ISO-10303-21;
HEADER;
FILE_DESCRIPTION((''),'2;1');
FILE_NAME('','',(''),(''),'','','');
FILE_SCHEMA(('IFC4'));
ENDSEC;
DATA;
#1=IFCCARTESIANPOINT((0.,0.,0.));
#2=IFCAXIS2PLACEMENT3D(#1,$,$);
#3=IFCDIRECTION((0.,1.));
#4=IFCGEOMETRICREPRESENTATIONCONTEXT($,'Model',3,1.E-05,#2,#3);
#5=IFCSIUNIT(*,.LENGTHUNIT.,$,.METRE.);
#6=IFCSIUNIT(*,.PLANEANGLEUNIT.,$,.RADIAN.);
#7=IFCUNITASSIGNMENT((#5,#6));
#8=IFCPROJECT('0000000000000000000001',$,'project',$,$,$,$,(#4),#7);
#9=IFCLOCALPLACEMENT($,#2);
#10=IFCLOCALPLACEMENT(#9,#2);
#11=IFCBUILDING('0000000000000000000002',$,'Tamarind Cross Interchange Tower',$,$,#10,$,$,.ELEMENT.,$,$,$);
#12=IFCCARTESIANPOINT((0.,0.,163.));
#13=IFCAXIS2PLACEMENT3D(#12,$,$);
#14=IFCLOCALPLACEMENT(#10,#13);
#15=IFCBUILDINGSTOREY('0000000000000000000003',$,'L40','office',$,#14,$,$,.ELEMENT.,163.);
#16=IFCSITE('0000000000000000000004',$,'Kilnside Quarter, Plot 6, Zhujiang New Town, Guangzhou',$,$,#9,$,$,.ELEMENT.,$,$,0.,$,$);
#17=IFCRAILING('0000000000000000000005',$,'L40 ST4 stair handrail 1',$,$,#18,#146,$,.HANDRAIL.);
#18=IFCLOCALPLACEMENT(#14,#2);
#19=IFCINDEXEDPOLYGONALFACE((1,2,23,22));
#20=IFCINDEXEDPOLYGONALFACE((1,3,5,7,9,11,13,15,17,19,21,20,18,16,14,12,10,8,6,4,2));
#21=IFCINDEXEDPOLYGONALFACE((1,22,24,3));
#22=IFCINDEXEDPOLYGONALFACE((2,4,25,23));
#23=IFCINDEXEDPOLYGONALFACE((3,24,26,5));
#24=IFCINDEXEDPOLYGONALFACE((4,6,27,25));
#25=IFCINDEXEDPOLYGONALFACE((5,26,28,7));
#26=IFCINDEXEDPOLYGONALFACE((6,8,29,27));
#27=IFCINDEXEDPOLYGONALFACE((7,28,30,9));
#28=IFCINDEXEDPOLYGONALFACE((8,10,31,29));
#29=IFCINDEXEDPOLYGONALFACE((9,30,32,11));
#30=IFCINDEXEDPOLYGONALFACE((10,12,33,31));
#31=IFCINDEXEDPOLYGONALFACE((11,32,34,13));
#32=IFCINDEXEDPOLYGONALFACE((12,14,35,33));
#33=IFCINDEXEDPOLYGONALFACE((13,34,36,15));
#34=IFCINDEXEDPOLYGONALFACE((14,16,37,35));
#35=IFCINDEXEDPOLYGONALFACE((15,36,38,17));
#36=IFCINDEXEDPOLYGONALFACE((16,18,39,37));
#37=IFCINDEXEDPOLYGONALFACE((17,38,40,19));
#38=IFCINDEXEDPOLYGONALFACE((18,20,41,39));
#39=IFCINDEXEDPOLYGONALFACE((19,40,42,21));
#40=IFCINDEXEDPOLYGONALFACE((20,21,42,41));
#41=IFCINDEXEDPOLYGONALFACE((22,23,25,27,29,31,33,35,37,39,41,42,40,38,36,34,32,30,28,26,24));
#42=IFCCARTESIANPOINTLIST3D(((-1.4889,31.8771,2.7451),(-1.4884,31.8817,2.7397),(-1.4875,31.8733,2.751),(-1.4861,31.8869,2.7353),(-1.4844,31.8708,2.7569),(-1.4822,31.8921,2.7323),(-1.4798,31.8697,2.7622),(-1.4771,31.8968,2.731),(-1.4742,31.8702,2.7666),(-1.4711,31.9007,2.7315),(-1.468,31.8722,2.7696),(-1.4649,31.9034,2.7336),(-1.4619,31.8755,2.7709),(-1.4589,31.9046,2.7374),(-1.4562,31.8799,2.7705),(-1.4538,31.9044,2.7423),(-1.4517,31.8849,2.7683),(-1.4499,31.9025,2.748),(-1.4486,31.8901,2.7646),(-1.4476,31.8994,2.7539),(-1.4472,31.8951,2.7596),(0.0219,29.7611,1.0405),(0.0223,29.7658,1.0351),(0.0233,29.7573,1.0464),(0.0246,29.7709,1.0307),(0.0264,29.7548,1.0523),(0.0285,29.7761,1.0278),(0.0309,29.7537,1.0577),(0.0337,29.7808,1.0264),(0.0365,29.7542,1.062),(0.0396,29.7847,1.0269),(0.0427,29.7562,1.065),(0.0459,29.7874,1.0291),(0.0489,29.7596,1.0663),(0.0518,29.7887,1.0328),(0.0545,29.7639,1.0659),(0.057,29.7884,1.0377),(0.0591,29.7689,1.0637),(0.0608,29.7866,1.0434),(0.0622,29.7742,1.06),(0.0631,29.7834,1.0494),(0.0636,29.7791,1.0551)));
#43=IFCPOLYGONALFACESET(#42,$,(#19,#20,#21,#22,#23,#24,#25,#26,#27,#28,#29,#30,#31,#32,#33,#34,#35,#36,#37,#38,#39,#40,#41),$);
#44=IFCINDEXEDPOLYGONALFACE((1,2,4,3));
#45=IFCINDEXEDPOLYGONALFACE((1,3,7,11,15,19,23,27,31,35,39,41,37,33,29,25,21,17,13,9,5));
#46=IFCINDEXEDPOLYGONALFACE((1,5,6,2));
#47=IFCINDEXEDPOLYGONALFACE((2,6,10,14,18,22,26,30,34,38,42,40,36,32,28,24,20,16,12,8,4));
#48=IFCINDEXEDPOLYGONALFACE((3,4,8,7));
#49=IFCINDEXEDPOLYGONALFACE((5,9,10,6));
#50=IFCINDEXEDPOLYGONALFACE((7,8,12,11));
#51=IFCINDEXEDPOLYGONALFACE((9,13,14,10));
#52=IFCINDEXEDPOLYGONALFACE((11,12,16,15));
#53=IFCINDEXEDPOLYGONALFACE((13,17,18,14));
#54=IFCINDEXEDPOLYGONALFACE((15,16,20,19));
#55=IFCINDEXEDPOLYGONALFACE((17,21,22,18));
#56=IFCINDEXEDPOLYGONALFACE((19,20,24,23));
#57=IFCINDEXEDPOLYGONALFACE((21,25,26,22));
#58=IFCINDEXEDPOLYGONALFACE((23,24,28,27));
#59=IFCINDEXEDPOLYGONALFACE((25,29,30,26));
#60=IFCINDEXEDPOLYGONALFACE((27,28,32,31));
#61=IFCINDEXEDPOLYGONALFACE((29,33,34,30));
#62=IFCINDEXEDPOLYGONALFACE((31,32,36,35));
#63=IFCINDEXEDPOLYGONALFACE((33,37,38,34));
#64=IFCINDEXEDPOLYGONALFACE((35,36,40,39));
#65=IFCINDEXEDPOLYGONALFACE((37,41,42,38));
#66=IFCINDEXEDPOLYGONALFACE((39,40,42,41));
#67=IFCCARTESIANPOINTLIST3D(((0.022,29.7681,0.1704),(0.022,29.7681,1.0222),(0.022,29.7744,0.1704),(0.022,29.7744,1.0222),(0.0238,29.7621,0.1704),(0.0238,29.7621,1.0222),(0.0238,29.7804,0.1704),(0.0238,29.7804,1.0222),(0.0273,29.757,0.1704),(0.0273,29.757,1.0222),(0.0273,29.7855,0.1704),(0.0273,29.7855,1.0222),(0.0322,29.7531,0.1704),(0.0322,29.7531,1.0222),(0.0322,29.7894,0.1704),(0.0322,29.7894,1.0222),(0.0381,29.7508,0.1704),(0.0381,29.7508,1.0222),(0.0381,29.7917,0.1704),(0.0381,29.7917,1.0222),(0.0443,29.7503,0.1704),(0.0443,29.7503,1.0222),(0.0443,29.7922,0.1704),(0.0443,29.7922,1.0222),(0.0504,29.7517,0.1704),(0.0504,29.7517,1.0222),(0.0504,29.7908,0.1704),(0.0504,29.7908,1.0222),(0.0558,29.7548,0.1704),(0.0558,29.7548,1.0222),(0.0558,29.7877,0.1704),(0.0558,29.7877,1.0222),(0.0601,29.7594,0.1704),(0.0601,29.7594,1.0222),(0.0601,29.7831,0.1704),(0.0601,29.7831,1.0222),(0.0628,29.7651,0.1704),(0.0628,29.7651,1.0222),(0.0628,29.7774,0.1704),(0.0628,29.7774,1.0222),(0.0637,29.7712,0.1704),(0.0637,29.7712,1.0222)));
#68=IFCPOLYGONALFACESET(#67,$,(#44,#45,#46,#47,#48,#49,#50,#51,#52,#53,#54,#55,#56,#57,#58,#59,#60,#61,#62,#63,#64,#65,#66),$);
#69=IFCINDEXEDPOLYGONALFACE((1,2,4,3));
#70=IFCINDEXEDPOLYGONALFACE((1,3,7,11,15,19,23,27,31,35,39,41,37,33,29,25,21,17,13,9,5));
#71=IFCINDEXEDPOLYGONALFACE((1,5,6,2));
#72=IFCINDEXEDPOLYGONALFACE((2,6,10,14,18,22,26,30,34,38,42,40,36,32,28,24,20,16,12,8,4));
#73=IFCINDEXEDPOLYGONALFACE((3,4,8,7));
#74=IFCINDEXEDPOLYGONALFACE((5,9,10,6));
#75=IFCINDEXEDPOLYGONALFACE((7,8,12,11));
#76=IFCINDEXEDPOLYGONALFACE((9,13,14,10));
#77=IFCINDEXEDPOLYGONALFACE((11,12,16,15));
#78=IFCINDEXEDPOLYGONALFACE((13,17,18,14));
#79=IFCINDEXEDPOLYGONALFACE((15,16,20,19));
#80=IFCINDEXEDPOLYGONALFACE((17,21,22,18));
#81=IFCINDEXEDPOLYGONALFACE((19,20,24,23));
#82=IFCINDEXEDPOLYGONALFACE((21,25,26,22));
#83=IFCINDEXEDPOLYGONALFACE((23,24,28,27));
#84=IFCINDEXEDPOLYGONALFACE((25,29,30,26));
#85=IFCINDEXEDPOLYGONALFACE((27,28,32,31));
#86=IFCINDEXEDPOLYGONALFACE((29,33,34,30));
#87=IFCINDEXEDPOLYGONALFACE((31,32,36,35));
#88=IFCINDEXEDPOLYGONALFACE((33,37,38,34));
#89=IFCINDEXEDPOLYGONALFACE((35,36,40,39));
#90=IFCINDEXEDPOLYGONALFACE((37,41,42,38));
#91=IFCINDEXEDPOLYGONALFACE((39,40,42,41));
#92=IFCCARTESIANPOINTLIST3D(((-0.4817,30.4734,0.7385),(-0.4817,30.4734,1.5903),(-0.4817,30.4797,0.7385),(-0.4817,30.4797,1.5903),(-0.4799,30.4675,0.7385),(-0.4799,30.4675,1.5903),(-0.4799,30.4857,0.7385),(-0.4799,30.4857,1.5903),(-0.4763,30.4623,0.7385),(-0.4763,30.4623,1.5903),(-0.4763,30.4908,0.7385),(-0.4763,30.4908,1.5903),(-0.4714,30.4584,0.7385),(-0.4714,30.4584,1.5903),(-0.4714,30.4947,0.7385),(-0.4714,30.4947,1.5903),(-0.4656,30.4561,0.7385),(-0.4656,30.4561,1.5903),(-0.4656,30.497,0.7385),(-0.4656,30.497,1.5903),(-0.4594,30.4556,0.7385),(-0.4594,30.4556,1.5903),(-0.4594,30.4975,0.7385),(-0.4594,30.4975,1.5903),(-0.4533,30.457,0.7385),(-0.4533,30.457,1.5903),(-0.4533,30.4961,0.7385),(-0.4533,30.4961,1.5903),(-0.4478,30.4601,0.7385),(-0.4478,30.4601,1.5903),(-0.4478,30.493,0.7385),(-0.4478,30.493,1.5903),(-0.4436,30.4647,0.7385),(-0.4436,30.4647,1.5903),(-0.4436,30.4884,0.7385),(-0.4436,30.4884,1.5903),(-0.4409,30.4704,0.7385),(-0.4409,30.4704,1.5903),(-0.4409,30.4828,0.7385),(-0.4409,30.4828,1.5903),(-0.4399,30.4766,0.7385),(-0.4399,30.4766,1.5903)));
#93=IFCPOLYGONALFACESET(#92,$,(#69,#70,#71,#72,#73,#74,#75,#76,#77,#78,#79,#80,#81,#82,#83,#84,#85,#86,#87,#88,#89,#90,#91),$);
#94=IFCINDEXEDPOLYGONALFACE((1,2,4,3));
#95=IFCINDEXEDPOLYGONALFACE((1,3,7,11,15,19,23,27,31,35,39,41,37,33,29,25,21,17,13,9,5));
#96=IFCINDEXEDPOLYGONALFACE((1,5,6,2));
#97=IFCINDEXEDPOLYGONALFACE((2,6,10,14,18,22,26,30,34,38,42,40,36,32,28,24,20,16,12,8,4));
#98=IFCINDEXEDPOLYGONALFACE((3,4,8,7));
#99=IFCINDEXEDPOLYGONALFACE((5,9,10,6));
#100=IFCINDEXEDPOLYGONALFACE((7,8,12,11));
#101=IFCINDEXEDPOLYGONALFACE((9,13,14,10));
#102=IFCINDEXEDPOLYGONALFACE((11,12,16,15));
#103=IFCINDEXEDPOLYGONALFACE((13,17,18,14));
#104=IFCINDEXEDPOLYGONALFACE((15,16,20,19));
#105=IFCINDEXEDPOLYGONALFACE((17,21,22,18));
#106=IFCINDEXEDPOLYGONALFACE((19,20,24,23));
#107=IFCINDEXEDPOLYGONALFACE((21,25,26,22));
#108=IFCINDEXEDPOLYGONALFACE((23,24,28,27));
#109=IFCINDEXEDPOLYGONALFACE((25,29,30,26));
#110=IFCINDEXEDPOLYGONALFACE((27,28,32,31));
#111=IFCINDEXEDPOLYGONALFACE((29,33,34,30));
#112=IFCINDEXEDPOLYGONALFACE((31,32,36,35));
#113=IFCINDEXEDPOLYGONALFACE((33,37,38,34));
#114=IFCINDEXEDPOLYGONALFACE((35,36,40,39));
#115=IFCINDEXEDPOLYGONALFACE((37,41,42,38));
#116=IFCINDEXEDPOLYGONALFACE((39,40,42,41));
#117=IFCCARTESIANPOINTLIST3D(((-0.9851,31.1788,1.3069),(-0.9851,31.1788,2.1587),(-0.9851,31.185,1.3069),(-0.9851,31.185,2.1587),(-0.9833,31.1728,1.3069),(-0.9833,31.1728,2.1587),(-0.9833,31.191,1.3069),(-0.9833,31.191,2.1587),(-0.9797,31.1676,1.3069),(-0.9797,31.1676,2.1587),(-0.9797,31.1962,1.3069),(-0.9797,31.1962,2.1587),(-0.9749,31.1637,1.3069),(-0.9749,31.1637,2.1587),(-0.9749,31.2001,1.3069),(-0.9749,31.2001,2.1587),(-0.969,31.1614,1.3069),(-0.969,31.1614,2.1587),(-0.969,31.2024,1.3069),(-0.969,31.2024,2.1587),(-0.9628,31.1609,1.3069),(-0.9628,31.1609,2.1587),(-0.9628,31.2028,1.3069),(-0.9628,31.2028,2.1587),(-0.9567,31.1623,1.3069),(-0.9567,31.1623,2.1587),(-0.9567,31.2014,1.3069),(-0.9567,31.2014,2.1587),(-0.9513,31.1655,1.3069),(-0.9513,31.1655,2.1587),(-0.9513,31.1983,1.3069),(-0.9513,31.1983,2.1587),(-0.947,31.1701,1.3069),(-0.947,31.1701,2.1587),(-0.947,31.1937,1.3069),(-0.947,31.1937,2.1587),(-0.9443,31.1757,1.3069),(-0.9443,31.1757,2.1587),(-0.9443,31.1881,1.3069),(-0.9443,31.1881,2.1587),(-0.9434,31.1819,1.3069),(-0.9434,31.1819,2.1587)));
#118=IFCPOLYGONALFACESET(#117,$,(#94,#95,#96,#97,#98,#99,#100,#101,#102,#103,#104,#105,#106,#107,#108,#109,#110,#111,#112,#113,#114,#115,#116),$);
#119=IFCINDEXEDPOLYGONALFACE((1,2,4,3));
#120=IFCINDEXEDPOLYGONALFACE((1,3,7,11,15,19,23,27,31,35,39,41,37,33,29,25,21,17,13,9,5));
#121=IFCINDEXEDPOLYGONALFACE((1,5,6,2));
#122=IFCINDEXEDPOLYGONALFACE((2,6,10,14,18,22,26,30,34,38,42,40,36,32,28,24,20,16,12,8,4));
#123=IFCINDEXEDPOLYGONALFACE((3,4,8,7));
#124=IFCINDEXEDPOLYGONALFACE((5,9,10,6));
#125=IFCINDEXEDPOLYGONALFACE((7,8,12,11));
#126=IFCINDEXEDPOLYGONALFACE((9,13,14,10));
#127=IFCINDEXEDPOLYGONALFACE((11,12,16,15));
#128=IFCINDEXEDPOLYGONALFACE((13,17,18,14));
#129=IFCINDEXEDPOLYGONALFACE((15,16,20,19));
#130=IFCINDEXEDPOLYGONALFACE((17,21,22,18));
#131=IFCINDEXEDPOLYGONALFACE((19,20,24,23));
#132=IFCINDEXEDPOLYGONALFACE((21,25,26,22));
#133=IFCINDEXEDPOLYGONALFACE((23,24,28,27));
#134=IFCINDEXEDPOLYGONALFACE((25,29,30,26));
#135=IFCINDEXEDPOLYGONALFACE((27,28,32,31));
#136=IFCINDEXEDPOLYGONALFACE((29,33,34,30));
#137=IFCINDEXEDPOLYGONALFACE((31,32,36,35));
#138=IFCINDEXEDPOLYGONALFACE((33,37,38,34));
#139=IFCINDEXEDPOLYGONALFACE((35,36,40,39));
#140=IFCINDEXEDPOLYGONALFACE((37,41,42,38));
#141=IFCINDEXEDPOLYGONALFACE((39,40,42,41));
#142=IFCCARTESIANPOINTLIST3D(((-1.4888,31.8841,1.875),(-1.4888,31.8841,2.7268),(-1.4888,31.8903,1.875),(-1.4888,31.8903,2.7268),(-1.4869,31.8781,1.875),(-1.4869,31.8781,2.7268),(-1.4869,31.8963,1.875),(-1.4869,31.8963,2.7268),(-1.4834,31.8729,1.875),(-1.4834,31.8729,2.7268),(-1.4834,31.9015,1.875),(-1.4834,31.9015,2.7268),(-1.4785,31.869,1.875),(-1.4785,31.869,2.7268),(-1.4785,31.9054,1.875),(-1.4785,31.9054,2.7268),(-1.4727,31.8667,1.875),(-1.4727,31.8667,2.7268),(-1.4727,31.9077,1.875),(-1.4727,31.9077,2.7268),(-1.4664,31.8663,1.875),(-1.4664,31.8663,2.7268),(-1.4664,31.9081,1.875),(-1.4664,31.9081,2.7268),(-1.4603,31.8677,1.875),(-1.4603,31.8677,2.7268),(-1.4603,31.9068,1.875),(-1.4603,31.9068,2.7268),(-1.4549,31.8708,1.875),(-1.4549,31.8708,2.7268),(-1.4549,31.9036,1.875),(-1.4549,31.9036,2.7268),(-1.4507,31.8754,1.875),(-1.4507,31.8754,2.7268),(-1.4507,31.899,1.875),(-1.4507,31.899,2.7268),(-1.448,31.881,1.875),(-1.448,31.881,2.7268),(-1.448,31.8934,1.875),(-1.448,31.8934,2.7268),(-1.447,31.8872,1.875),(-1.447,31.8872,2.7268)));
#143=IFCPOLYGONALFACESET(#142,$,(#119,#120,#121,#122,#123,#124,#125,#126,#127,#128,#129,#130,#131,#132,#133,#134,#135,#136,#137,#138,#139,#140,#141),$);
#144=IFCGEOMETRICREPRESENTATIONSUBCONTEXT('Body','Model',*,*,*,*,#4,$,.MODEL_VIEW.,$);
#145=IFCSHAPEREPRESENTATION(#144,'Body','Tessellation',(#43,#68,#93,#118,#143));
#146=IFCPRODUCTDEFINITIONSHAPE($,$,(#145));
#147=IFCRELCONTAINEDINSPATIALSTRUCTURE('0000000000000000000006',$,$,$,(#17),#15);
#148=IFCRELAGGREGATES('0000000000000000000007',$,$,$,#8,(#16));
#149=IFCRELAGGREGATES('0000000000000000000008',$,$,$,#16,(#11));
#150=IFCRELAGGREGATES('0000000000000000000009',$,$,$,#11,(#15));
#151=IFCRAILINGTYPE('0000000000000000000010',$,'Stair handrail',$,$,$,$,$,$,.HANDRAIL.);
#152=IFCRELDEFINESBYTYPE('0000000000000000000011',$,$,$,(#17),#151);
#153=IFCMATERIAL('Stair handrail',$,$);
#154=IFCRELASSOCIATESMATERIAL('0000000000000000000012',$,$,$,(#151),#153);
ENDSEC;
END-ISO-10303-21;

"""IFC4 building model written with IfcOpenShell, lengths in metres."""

from ifc_helpers import new_model, si_unit, direction, frame, origin, origin_2d, place, context, subcontext, project, spatial, circle, extrude, material, type_object, element, save


model = new_model("IFC4")

# Units and contexts
model_context = context("Model", 3, precision=1e-05, world=origin(), true_north=direction((0.0, 1.0)))
body_context = subcontext(model_context, "Body", "Model", "MODEL_VIEW")
ifc_project = project(units=[si_unit("LENGTHUNIT", "METRE"), si_unit("PLANEANGLEUNIT", "RADIAN")], contexts=[model_context])

# Site, building, storey
site_placement = place(None, origin())
site = spatial("IfcSite", under=ifc_project, at=site_placement, Name="Kilnside Quarter, Plot 6, Zhujiang New Town, Guangzhou", CompositionType="ELEMENT", RefElevation=0.0)
building_placement = place(site_placement, origin())
building = spatial("IfcBuilding", under=site, at=building_placement, Name="Tamarind Cross Interchange Tower", CompositionType="ELEMENT")
storey_placement = place(building_placement, frame((0.0, 0.0, 163.0)))
storey = spatial("IfcBuildingStorey", under=building, at=storey_placement, Name="L40", Description="office", CompositionType="ELEMENT", Elevation=163.0)

# Railing
ifc_material_1 = material(Name="Stair handrail")
railing_type = type_object("IfcRailingType", Name="Stair handrail", PredefinedType="HANDRAIL", material=ifc_material_1)
railing_placement = place(storey_placement, frame((0.0427, 29.7712, 0.1704)))
element("IfcRailing", 1, at=railing_placement, inside=storey, type_object=railing_type, Name="L40 ST4 stair handrail 1", PredefinedType="HANDRAIL", context=body_context, shape_type="SweptSolid", body=[
    extrude(circle(Radius=0.0239, at=origin_2d()), frame((0.0, 0.0, 0.876), z_axis=(-0.48594, 0.680615, 0.548293), x_axis=(-0.813854, -0.581069, 0.0)), (0.0, 0.0, 1.0), 3.1089),
    extrude(circle(Radius=0.021, at=origin_2d()), origin(), (0.0, 0.0, 1.0), 0.8518),
    extrude(circle(Radius=0.021, at=origin_2d()), frame((-0.5037, 0.7053, 0.5681)), (0.0, 0.0, 1.0), 0.8518),
    extrude(circle(Radius=0.021, at=origin_2d()), frame((-1.0071, 1.4106, 1.1365)), (0.0, 0.0, 1.0), 0.8518),
    extrude(circle(Radius=0.021, at=origin_2d()), frame((-1.5107, 2.116, 1.7046)), (0.0, 0.0, 1.0), 0.8518),
])

save(model, "model.ifc")
